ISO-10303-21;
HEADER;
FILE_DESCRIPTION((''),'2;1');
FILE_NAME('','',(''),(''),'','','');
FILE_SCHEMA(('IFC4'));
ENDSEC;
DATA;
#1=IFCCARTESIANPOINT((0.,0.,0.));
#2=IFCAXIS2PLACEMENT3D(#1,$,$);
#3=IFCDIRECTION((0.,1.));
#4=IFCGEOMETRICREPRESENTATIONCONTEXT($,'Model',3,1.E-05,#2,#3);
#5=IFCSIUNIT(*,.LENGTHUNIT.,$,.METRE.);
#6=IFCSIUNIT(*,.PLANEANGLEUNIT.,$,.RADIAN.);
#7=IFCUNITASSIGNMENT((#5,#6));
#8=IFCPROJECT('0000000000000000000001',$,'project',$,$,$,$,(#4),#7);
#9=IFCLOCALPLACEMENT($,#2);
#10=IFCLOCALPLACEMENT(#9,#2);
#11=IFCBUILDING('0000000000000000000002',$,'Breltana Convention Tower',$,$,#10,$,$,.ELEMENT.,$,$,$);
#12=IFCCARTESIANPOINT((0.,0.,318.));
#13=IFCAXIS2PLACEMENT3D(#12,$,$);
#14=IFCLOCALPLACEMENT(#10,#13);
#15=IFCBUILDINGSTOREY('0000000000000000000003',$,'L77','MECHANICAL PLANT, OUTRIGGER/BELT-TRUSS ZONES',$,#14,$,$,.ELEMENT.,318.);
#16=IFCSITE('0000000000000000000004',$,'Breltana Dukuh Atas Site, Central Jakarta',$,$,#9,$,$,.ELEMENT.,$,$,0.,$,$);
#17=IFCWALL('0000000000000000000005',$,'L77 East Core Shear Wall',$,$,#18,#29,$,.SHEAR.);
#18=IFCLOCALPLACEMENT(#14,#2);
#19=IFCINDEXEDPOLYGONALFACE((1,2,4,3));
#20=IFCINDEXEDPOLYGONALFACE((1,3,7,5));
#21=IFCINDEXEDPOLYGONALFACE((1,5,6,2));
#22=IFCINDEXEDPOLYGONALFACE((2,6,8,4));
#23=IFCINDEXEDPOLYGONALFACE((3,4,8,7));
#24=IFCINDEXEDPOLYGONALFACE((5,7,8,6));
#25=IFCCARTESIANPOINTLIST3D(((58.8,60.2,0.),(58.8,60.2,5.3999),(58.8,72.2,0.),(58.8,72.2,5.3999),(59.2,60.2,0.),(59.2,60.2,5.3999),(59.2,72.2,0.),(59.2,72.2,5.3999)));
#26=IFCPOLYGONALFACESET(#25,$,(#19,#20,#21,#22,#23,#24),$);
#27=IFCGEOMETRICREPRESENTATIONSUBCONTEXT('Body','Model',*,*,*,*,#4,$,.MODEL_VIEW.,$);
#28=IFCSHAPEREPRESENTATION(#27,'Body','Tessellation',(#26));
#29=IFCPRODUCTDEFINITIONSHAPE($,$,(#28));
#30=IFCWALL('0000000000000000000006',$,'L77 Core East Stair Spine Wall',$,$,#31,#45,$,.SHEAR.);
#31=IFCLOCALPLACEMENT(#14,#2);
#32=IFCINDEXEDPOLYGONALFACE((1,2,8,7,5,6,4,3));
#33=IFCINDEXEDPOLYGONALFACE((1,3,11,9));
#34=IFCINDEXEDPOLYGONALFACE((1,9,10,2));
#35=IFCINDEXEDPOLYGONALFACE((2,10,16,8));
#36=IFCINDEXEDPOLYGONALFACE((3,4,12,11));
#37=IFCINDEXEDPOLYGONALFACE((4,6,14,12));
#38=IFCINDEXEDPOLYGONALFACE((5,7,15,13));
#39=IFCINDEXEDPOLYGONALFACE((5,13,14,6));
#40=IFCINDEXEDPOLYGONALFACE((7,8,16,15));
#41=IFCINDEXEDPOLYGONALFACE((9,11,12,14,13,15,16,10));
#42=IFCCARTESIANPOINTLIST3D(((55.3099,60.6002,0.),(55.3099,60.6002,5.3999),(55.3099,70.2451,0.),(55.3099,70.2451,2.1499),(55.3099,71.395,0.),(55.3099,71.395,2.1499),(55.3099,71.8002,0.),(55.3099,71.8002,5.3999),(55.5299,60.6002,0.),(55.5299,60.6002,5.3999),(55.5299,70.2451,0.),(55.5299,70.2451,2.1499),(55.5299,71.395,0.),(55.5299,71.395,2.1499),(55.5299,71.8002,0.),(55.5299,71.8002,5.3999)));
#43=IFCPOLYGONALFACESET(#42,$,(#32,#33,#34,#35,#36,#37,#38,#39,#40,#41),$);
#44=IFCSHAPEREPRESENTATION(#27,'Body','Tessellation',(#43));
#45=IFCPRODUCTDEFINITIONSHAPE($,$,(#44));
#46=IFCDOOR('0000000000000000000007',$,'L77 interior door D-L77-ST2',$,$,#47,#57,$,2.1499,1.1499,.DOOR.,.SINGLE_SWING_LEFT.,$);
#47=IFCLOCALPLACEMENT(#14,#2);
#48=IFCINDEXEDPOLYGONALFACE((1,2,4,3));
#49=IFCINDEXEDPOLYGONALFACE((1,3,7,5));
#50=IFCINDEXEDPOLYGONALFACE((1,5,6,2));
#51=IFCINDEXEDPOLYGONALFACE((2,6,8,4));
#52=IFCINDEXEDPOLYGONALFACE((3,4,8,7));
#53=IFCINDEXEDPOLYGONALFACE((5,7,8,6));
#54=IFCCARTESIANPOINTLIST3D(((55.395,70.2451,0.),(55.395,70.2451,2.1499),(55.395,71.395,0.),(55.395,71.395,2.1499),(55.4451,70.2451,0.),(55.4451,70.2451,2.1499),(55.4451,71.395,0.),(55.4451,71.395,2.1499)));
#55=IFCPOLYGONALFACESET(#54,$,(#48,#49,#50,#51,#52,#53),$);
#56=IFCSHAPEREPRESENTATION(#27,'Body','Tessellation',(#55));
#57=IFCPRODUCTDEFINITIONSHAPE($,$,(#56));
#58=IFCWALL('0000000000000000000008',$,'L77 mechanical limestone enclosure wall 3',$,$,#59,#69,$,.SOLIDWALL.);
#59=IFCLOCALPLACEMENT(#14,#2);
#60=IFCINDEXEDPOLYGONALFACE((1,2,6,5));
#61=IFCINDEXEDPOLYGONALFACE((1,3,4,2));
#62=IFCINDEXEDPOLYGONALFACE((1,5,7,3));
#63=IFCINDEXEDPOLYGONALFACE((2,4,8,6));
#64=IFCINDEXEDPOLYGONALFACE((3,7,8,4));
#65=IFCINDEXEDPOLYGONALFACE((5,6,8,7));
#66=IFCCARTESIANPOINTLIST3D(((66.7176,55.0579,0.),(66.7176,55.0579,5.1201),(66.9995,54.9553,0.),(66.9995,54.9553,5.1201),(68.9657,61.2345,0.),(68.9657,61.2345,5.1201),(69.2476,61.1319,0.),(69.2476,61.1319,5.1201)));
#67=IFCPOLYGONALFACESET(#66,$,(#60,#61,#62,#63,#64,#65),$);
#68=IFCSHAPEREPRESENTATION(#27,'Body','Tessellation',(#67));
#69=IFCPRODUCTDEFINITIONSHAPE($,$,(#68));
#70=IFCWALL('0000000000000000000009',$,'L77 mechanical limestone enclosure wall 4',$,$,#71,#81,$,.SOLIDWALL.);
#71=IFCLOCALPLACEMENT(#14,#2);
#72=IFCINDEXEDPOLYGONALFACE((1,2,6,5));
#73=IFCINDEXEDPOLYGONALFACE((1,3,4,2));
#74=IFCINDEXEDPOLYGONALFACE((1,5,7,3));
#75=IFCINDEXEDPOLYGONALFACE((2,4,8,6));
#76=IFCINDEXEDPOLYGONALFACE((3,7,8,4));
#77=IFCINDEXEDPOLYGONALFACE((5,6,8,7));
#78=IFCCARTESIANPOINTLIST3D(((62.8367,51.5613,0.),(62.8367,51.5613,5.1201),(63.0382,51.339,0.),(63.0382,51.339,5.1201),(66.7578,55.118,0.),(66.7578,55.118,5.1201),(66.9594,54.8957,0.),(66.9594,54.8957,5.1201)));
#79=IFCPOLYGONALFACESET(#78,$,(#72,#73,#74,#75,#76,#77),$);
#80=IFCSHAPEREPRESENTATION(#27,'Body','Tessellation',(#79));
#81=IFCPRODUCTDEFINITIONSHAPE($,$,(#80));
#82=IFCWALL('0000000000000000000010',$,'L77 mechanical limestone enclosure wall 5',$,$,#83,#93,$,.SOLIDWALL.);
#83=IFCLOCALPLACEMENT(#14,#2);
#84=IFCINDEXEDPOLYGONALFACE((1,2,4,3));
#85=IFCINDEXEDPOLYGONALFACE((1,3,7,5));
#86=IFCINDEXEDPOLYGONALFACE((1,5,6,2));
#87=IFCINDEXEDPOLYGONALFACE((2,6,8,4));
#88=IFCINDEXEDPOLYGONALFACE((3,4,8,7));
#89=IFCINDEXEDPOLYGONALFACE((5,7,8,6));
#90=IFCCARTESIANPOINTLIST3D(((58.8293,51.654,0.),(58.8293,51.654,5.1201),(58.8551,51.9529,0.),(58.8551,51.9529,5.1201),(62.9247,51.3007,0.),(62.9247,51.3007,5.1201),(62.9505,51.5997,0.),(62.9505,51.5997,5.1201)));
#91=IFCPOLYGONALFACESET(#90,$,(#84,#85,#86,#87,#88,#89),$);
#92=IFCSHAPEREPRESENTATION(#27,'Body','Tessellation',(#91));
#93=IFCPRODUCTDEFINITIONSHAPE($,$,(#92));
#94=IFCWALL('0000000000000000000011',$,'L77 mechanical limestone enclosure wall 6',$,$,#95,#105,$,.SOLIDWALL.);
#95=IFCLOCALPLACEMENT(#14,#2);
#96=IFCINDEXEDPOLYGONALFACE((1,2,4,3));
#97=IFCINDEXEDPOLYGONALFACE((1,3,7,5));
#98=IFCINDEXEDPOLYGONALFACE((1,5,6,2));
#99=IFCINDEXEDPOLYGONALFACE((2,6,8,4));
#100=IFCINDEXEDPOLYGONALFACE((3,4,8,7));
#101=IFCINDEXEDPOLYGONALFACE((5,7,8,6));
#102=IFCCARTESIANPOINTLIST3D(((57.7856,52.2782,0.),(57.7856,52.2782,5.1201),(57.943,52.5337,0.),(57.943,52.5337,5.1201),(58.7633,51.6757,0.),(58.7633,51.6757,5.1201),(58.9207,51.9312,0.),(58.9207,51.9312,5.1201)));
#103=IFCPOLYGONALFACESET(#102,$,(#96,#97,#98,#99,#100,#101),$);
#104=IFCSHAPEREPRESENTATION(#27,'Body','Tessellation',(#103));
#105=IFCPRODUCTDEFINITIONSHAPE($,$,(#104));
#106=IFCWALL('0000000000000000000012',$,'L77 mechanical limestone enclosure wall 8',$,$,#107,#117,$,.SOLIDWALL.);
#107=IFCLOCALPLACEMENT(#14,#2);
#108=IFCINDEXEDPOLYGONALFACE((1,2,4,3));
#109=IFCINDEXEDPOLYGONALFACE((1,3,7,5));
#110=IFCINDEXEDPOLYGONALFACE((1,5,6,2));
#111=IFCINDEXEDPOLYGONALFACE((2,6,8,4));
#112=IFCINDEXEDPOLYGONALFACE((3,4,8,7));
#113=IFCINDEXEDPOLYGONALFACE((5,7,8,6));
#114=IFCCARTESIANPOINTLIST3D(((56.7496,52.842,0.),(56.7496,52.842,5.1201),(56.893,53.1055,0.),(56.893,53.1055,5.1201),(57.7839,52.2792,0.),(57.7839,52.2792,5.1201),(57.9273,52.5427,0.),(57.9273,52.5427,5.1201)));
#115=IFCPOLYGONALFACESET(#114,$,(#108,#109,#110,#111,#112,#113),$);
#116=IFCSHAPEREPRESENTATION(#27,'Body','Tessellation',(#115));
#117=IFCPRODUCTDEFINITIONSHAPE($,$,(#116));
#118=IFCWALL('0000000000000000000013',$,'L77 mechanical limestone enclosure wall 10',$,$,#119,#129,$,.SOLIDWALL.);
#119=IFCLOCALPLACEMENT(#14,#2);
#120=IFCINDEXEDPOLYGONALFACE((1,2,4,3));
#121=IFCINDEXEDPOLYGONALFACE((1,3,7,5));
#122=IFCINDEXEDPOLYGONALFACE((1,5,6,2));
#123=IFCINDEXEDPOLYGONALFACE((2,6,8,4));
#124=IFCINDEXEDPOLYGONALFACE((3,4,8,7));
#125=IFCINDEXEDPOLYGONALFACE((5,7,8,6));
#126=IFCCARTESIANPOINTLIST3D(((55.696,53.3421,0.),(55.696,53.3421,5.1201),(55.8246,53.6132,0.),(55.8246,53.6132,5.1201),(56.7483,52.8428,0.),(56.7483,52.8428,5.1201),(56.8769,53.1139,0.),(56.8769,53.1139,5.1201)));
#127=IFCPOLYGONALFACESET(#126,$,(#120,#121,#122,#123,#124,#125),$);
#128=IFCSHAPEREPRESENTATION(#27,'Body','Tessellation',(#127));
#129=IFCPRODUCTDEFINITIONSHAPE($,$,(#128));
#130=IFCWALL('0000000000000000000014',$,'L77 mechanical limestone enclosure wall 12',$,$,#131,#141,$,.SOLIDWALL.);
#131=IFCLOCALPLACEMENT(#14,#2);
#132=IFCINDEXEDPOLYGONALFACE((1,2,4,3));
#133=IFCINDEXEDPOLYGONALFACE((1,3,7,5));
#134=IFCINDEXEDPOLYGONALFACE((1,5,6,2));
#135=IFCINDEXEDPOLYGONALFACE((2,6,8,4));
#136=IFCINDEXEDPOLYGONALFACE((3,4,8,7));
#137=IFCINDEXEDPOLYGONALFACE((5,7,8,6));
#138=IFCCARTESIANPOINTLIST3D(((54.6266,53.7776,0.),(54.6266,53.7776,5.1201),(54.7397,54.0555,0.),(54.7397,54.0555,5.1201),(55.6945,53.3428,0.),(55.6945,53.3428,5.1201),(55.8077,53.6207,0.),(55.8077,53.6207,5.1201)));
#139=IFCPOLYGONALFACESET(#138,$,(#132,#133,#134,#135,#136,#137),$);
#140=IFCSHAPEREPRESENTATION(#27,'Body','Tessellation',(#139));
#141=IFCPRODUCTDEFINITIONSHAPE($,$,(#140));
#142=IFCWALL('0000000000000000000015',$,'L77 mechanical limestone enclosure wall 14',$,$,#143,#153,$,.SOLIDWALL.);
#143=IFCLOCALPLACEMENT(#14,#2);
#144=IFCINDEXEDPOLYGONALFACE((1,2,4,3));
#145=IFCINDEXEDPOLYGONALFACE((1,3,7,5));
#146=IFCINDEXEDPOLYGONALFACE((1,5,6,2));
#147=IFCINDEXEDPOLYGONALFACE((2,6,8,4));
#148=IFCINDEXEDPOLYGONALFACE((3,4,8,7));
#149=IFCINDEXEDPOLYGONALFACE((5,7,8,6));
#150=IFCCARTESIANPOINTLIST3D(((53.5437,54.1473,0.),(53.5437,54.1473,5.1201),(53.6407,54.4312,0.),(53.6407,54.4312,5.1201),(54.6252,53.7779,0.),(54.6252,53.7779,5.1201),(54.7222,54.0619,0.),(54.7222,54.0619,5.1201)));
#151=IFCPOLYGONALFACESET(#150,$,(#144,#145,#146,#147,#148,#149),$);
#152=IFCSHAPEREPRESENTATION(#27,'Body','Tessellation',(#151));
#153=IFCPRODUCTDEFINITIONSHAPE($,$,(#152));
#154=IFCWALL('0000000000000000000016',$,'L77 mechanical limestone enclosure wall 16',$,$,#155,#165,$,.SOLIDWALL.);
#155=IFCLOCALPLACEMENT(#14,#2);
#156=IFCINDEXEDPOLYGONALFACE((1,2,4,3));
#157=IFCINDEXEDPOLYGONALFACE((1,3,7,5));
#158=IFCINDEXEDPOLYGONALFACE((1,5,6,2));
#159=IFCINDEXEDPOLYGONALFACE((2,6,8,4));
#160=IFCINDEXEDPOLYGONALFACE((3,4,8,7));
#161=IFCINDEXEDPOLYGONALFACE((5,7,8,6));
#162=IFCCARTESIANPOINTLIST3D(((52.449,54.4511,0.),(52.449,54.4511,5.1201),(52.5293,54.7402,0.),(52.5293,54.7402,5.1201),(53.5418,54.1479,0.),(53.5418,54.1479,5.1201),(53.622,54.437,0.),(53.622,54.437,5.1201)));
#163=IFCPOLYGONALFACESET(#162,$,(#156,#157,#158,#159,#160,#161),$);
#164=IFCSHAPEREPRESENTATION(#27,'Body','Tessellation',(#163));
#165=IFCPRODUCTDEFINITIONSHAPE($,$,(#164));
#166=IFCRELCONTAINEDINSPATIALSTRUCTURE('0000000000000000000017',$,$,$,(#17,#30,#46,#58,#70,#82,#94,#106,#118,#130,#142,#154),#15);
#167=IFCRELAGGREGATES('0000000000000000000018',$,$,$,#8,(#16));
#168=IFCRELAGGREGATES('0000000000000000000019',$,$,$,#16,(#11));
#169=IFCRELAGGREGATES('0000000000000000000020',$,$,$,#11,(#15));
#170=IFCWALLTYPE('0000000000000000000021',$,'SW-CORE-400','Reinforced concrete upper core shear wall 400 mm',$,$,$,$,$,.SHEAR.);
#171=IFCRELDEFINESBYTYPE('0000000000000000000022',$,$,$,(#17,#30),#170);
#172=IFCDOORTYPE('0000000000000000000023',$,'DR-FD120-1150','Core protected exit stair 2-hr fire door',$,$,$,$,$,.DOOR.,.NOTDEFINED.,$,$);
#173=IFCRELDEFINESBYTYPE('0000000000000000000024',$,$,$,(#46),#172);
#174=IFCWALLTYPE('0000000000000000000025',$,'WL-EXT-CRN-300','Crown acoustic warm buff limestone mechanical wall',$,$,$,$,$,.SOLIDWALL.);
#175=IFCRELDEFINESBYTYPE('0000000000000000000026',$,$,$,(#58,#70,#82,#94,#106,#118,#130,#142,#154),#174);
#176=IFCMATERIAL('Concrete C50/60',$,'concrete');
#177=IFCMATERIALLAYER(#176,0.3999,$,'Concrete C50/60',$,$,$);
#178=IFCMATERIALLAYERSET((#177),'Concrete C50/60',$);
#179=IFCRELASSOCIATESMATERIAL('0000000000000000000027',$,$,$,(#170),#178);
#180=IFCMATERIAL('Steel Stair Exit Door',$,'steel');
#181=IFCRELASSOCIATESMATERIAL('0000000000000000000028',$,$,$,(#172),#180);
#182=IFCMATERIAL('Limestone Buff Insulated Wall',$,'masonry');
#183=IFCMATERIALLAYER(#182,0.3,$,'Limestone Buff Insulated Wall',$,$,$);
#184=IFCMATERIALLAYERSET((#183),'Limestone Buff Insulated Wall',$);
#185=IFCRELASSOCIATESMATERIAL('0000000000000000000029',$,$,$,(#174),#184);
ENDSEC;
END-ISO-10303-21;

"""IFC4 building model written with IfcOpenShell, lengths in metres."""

from ifc_helpers import new_model, si_unit, direction, frame, frame_2d, origin, place, context, subcontext, project, spatial, rectangle, extrude, source, transform, mapped, material, layer, layer_set, type_object, type_shapes, element, fill, save


model = new_model("IFC4")

# Units and contexts
model_context = context("Model", 3, precision=1e-05, world=origin(), true_north=direction((0.0, 1.0)))
body_context = subcontext(model_context, "Body", "Model", "MODEL_VIEW")
ifc_project = project(units=[si_unit("LENGTHUNIT", "METRE"), si_unit("PLANEANGLEUNIT", "RADIAN")], contexts=[model_context])

# Site, building, storey
site_placement = place(None, origin())
site = spatial("IfcSite", under=ifc_project, at=site_placement, Name="Breltana Dukuh Atas Site, Central Jakarta", CompositionType="ELEMENT", RefElevation=0.0)
building_placement = place(site_placement, origin())
building = spatial("IfcBuilding", under=site, at=building_placement, Name="Breltana Convention Tower", CompositionType="ELEMENT")
storey_placement = place(building_placement, frame((0.0, 0.0, 318.0)))
storey = spatial("IfcBuildingStorey", under=building, at=storey_placement, Name="L77", Description="MECHANICAL PLANT, OUTRIGGER/BELT-TRUSS ZONES", CompositionType="ELEMENT", Elevation=318.0)

# Wall
ifc_material_1 = material(Name="Concrete C50/60", Category="concrete")
ifc_layer_1 = layer(ifc_material_1, 0.3999, Name="Concrete C50/60")
ifc_layer_set_1 = layer_set([ifc_layer_1], Name="Concrete C50/60")
wall_type_1 = type_object("IfcWallType", Name="SW-CORE-400", Description="Reinforced concrete upper core shear wall 400 mm", PredefinedType="SHEAR", material=ifc_layer_set_1)
shared_shape_1 = source(origin(), body_context, "Body", "SweptSolid", [
    extrude(rectangle(XDim=12.0, YDim=0.3999, at=frame_2d((6.0, 0.0))), origin(), (0.0, 0.0, 1.0), 5.3999),
])
wall_1_placement = place(storey_placement, frame((59.0, 60.2, 0.0), z_axis=(0.0, 0.0, 1.0), x_axis=(0.0, 1.0, 0.0)))
element("IfcWall", 1, at=wall_1_placement, inside=storey, type_object=wall_type_1, Name="L77 East Core Shear Wall", PredefinedType="SHEAR", context=body_context, shape_type="MappedRepresentation", body=[
    mapped(shared_shape_1, transform((0.0, 0.0, 0.0), scale=1.0)),
])

# Wall, opening, door
shared_shape_2 = source(origin(), body_context, "Body", "SweptSolid", [
    extrude(rectangle(XDim=11.2, YDim=0.22, at=frame_2d((5.6001, 0.0))), origin(), (0.0, 0.0, 1.0), 5.3999),
])
wall_2_placement = place(storey_placement, frame((55.4199, 60.6001, 0.0), z_axis=(0.0, 0.0, 1.0), x_axis=(0.0, 1.0, 0.0)))
wall_2 = element("IfcWall", 2, at=wall_2_placement, inside=storey, type_object=wall_type_1, Name="L77 Core East Stair Spine Wall", PredefinedType="SHEAR", context=body_context, shape_type="MappedRepresentation", body=[
    mapped(shared_shape_2, transform((0.0, 0.0, 0.0), scale=1.0)),
])
opening_1_placement = place(wall_2_placement, frame((9.645, 0.0, 0.0)))
opening_1 = element("IfcOpeningElement", 3, at=opening_1_placement, cuts=wall_2, PredefinedType="OPENING", context=body_context, shape_type="SweptSolid", body=[
    extrude(rectangle(XDim=1.1499, YDim=2.1499, at=frame_2d((0.575, 1.075))), frame((0.0, 0.1201, 0.0), z_axis=(0.0, -1.0, 0.0), x_axis=(1.0, 0.0, 0.0)), (0.0, 0.0, 1.0), 0.24),
])
ifc_material_2 = material(Name="Steel Stair Exit Door", Category="steel")
door_type_1 = type_object("IfcDoorType", Name="DR-FD120-1150", Description="Core protected exit stair 2-hr fire door", OperationType="NOTDEFINED", PredefinedType="DOOR", material=ifc_material_2)
shared_shape_3 = source(origin(), body_context, "Body", "SweptSolid", [
    extrude(rectangle(XDim=1.1499, YDim=2.1499, at=frame_2d((0.575, 1.075))), frame((0.0, 0.0249, 0.0), z_axis=(0.0, -1.0, 0.0), x_axis=(1.0, 0.0, 0.0)), (0.0, 0.0, 1.0), 0.05),
])
type_shapes(door_type_1, [shared_shape_3])
door_1_placement = place(opening_1_placement, origin())
door_1 = element("IfcDoor", 4, at=door_1_placement, inside=storey, type_object=door_type_1, Name="L77 interior door D-L77-ST2", OperationType="SINGLE_SWING_LEFT", OverallHeight=2.1499, OverallWidth=1.1499, PredefinedType="DOOR", context=body_context, shape_type="MappedRepresentation", body=[
    mapped(shared_shape_3, transform((0.0, 0.0, 0.0), scale=1.0)),
])
fill(opening_1, door_1)

# Walls
ifc_material_3 = material(Name="Limestone Buff Insulated Wall", Category="masonry")
ifc_layer_2 = layer(ifc_material_3, 0.3, Name="Limestone Buff Insulated Wall")
ifc_layer_set_2 = layer_set([ifc_layer_2], Name="Limestone Buff Insulated Wall")
wall_type_2 = type_object("IfcWallType", Name="WL-EXT-CRN-300", Description="Crown acoustic warm buff limestone mechanical wall", PredefinedType="SOLIDWALL", material=ifc_layer_set_2)
shared_shape_4 = source(origin(), body_context, "Body", "SweptSolid", [
    extrude(rectangle(XDim=6.573, YDim=0.3, at=frame_2d((3.2866, 0.0))), origin(), (0.0, 0.0, 1.0), 5.1201),
])
wall_3_placement = place(storey_placement, frame((69.1067, 61.1833, 0.0), z_axis=(0.0, 0.0, 1.0), x_axis=(-0.342017, -0.939694, 0.0)))
element("IfcWall", 5, at=wall_3_placement, inside=storey, type_object=wall_type_2, Name="L77 mechanical limestone enclosure wall 3", PredefinedType="SOLIDWALL", context=body_context, shape_type="MappedRepresentation", body=[
    mapped(shared_shape_4, transform((0.0, 0.0, 0.0), scale=1.0)),
])
shared_shape_5 = source(origin(), body_context, "Body", "SweptSolid", [
    extrude(rectangle(XDim=5.2939, YDim=0.3, at=frame_2d((2.647, 0.0))), origin(), (0.0, 0.0, 1.0), 5.1201),
])
wall_4_placement = place(storey_placement, frame((66.8586, 55.0068, 0.0), z_axis=(0.0, 0.0, 1.0), x_axis=(-0.740695, -0.671841, 0.0)))
element("IfcWall", 6, at=wall_4_placement, inside=storey, type_object=wall_type_2, Name="L77 mechanical limestone enclosure wall 4", PredefinedType="SOLIDWALL", context=body_context, shape_type="MappedRepresentation", body=[
    mapped(shared_shape_5, transform((0.0, 0.0, 0.0), scale=1.0)),
])
shared_shape_6 = source(origin(), body_context, "Body", "SweptSolid", [
    extrude(rectangle(XDim=4.1106, YDim=0.3, at=frame_2d((2.0552, 0.0))), origin(), (0.0, 0.0, 1.0), 5.1201),
])
wall_5_placement = place(storey_placement, frame((62.9375, 51.4502, 0.0), z_axis=(0.0, 0.0, 1.0), x_axis=(-0.9963, 0.08594, 0.0)))
element("IfcWall", 7, at=wall_5_placement, inside=storey, type_object=wall_type_2, Name="L77 mechanical limestone enclosure wall 5", PredefinedType="SOLIDWALL", context=body_context, shape_type="MappedRepresentation", body=[
    mapped(shared_shape_6, transform((0.0, 0.0, 0.0), scale=1.0)),
])
shared_shape_7 = source(origin(), body_context, "Body", "SweptSolid", [
    extrude(rectangle(XDim=1.1484, YDim=0.3, at=frame_2d((0.5742, 0.0))), origin(), (0.0, 0.0, 1.0), 5.1201),
])
wall_6_placement = place(storey_placement, frame((58.842, 51.8035, 0.0), z_axis=(0.0, 0.0, 1.0), x_axis=(-0.851337, 0.524619, 0.0)))
element("IfcWall", 8, at=wall_6_placement, inside=storey, type_object=wall_type_2, Name="L77 mechanical limestone enclosure wall 6", PredefinedType="SOLIDWALL", context=body_context, shape_type="MappedRepresentation", body=[
    mapped(shared_shape_7, transform((0.0, 0.0, 0.0), scale=1.0)),
])
shared_shape_8 = source(origin(), body_context, "Body", "SweptSolid", [
    extrude(rectangle(XDim=1.1775, YDim=0.3, at=frame_2d((0.5889, 0.0))), origin(), (0.0, 0.0, 1.0), 5.1201),
])
wall_7_placement = place(storey_placement, frame((57.8557, 52.4109, 0.0), z_axis=(0.0, 0.0, 1.0), x_axis=(-0.878379, 0.477966, 0.0)))
element("IfcWall", 9, at=wall_7_placement, inside=storey, type_object=wall_type_2, Name="L77 mechanical limestone enclosure wall 8", PredefinedType="SOLIDWALL", context=body_context, shape_type="MappedRepresentation", body=[
    mapped(shared_shape_8, transform((0.0, 0.0, 0.0), scale=1.0)),
])
shared_shape_9 = source(origin(), body_context, "Body", "SweptSolid", [
    extrude(rectangle(XDim=1.1648, YDim=0.3, at=frame_2d((0.5825, 0.0))), origin(), (0.0, 0.0, 1.0), 5.1201),
])
wall_8_placement = place(storey_placement, frame((56.8127, 52.9783, 0.0), z_axis=(0.0, 0.0, 1.0), x_axis=(-0.90346, 0.428672, 0.0)))
element("IfcWall", 10, at=wall_8_placement, inside=storey, type_object=wall_type_2, Name="L77 mechanical limestone enclosure wall 10", PredefinedType="SOLIDWALL", context=body_context, shape_type="MappedRepresentation", body=[
    mapped(shared_shape_9, transform((0.0, 0.0, 0.0), scale=1.0)),
])
shared_shape_10 = source(origin(), body_context, "Body", "SweptSolid", [
    extrude(rectangle(XDim=1.1531, YDim=0.3, at=frame_2d((0.5767, 0.0))), origin(), (0.0, 0.0, 1.0), 5.1201),
])
wall_9_placement = place(storey_placement, frame((55.7512, 53.4817, 0.0), z_axis=(0.0, 0.0, 1.0), x_axis=(-0.926166, 0.377115, 0.0)))
element("IfcWall", 11, at=wall_9_placement, inside=storey, type_object=wall_type_2, Name="L77 mechanical limestone enclosure wall 12", PredefinedType="SOLIDWALL", context=body_context, shape_type="MappedRepresentation", body=[
    mapped(shared_shape_10, transform((0.0, 0.0, 0.0), scale=1.0)),
])
shared_shape_11 = source(origin(), body_context, "Body", "SweptSolid", [
    extrude(rectangle(XDim=1.1428, YDim=0.3, at=frame_2d((0.5713, 0.0))), origin(), (0.0, 0.0, 1.0), 5.1201),
])
wall_10_placement = place(storey_placement, frame((54.6736, 53.9199, 0.0), z_axis=(0.0, 0.0, 1.0), x_axis=(-0.946329, 0.323205, 0.0)))
element("IfcWall", 12, at=wall_10_placement, inside=storey, type_object=wall_type_2, Name="L77 mechanical limestone enclosure wall 14", PredefinedType="SOLIDWALL", context=body_context, shape_type="MappedRepresentation", body=[
    mapped(shared_shape_11, transform((0.0, 0.0, 0.0), scale=1.0)),
])
shared_shape_12 = source(origin(), body_context, "Body", "SweptSolid", [
    extrude(rectangle(XDim=1.134, YDim=0.3, at=frame_2d((0.5669, 0.0))), origin(), (0.0, 0.0, 1.0), 5.1201),
])
wall_11_placement = place(storey_placement, frame((53.5818, 54.2925, 0.0), z_axis=(0.0, 0.0, 1.0), x_axis=(-0.963592, 0.267377, 0.0)))
element("IfcWall", 13, at=wall_11_placement, inside=storey, type_object=wall_type_2, Name="L77 mechanical limestone enclosure wall 16", PredefinedType="SOLIDWALL", context=body_context, shape_type="MappedRepresentation", body=[
    mapped(shared_shape_12, transform((0.0, 0.0, 0.0), scale=1.0)),
])

save(model, "model.ifc")
